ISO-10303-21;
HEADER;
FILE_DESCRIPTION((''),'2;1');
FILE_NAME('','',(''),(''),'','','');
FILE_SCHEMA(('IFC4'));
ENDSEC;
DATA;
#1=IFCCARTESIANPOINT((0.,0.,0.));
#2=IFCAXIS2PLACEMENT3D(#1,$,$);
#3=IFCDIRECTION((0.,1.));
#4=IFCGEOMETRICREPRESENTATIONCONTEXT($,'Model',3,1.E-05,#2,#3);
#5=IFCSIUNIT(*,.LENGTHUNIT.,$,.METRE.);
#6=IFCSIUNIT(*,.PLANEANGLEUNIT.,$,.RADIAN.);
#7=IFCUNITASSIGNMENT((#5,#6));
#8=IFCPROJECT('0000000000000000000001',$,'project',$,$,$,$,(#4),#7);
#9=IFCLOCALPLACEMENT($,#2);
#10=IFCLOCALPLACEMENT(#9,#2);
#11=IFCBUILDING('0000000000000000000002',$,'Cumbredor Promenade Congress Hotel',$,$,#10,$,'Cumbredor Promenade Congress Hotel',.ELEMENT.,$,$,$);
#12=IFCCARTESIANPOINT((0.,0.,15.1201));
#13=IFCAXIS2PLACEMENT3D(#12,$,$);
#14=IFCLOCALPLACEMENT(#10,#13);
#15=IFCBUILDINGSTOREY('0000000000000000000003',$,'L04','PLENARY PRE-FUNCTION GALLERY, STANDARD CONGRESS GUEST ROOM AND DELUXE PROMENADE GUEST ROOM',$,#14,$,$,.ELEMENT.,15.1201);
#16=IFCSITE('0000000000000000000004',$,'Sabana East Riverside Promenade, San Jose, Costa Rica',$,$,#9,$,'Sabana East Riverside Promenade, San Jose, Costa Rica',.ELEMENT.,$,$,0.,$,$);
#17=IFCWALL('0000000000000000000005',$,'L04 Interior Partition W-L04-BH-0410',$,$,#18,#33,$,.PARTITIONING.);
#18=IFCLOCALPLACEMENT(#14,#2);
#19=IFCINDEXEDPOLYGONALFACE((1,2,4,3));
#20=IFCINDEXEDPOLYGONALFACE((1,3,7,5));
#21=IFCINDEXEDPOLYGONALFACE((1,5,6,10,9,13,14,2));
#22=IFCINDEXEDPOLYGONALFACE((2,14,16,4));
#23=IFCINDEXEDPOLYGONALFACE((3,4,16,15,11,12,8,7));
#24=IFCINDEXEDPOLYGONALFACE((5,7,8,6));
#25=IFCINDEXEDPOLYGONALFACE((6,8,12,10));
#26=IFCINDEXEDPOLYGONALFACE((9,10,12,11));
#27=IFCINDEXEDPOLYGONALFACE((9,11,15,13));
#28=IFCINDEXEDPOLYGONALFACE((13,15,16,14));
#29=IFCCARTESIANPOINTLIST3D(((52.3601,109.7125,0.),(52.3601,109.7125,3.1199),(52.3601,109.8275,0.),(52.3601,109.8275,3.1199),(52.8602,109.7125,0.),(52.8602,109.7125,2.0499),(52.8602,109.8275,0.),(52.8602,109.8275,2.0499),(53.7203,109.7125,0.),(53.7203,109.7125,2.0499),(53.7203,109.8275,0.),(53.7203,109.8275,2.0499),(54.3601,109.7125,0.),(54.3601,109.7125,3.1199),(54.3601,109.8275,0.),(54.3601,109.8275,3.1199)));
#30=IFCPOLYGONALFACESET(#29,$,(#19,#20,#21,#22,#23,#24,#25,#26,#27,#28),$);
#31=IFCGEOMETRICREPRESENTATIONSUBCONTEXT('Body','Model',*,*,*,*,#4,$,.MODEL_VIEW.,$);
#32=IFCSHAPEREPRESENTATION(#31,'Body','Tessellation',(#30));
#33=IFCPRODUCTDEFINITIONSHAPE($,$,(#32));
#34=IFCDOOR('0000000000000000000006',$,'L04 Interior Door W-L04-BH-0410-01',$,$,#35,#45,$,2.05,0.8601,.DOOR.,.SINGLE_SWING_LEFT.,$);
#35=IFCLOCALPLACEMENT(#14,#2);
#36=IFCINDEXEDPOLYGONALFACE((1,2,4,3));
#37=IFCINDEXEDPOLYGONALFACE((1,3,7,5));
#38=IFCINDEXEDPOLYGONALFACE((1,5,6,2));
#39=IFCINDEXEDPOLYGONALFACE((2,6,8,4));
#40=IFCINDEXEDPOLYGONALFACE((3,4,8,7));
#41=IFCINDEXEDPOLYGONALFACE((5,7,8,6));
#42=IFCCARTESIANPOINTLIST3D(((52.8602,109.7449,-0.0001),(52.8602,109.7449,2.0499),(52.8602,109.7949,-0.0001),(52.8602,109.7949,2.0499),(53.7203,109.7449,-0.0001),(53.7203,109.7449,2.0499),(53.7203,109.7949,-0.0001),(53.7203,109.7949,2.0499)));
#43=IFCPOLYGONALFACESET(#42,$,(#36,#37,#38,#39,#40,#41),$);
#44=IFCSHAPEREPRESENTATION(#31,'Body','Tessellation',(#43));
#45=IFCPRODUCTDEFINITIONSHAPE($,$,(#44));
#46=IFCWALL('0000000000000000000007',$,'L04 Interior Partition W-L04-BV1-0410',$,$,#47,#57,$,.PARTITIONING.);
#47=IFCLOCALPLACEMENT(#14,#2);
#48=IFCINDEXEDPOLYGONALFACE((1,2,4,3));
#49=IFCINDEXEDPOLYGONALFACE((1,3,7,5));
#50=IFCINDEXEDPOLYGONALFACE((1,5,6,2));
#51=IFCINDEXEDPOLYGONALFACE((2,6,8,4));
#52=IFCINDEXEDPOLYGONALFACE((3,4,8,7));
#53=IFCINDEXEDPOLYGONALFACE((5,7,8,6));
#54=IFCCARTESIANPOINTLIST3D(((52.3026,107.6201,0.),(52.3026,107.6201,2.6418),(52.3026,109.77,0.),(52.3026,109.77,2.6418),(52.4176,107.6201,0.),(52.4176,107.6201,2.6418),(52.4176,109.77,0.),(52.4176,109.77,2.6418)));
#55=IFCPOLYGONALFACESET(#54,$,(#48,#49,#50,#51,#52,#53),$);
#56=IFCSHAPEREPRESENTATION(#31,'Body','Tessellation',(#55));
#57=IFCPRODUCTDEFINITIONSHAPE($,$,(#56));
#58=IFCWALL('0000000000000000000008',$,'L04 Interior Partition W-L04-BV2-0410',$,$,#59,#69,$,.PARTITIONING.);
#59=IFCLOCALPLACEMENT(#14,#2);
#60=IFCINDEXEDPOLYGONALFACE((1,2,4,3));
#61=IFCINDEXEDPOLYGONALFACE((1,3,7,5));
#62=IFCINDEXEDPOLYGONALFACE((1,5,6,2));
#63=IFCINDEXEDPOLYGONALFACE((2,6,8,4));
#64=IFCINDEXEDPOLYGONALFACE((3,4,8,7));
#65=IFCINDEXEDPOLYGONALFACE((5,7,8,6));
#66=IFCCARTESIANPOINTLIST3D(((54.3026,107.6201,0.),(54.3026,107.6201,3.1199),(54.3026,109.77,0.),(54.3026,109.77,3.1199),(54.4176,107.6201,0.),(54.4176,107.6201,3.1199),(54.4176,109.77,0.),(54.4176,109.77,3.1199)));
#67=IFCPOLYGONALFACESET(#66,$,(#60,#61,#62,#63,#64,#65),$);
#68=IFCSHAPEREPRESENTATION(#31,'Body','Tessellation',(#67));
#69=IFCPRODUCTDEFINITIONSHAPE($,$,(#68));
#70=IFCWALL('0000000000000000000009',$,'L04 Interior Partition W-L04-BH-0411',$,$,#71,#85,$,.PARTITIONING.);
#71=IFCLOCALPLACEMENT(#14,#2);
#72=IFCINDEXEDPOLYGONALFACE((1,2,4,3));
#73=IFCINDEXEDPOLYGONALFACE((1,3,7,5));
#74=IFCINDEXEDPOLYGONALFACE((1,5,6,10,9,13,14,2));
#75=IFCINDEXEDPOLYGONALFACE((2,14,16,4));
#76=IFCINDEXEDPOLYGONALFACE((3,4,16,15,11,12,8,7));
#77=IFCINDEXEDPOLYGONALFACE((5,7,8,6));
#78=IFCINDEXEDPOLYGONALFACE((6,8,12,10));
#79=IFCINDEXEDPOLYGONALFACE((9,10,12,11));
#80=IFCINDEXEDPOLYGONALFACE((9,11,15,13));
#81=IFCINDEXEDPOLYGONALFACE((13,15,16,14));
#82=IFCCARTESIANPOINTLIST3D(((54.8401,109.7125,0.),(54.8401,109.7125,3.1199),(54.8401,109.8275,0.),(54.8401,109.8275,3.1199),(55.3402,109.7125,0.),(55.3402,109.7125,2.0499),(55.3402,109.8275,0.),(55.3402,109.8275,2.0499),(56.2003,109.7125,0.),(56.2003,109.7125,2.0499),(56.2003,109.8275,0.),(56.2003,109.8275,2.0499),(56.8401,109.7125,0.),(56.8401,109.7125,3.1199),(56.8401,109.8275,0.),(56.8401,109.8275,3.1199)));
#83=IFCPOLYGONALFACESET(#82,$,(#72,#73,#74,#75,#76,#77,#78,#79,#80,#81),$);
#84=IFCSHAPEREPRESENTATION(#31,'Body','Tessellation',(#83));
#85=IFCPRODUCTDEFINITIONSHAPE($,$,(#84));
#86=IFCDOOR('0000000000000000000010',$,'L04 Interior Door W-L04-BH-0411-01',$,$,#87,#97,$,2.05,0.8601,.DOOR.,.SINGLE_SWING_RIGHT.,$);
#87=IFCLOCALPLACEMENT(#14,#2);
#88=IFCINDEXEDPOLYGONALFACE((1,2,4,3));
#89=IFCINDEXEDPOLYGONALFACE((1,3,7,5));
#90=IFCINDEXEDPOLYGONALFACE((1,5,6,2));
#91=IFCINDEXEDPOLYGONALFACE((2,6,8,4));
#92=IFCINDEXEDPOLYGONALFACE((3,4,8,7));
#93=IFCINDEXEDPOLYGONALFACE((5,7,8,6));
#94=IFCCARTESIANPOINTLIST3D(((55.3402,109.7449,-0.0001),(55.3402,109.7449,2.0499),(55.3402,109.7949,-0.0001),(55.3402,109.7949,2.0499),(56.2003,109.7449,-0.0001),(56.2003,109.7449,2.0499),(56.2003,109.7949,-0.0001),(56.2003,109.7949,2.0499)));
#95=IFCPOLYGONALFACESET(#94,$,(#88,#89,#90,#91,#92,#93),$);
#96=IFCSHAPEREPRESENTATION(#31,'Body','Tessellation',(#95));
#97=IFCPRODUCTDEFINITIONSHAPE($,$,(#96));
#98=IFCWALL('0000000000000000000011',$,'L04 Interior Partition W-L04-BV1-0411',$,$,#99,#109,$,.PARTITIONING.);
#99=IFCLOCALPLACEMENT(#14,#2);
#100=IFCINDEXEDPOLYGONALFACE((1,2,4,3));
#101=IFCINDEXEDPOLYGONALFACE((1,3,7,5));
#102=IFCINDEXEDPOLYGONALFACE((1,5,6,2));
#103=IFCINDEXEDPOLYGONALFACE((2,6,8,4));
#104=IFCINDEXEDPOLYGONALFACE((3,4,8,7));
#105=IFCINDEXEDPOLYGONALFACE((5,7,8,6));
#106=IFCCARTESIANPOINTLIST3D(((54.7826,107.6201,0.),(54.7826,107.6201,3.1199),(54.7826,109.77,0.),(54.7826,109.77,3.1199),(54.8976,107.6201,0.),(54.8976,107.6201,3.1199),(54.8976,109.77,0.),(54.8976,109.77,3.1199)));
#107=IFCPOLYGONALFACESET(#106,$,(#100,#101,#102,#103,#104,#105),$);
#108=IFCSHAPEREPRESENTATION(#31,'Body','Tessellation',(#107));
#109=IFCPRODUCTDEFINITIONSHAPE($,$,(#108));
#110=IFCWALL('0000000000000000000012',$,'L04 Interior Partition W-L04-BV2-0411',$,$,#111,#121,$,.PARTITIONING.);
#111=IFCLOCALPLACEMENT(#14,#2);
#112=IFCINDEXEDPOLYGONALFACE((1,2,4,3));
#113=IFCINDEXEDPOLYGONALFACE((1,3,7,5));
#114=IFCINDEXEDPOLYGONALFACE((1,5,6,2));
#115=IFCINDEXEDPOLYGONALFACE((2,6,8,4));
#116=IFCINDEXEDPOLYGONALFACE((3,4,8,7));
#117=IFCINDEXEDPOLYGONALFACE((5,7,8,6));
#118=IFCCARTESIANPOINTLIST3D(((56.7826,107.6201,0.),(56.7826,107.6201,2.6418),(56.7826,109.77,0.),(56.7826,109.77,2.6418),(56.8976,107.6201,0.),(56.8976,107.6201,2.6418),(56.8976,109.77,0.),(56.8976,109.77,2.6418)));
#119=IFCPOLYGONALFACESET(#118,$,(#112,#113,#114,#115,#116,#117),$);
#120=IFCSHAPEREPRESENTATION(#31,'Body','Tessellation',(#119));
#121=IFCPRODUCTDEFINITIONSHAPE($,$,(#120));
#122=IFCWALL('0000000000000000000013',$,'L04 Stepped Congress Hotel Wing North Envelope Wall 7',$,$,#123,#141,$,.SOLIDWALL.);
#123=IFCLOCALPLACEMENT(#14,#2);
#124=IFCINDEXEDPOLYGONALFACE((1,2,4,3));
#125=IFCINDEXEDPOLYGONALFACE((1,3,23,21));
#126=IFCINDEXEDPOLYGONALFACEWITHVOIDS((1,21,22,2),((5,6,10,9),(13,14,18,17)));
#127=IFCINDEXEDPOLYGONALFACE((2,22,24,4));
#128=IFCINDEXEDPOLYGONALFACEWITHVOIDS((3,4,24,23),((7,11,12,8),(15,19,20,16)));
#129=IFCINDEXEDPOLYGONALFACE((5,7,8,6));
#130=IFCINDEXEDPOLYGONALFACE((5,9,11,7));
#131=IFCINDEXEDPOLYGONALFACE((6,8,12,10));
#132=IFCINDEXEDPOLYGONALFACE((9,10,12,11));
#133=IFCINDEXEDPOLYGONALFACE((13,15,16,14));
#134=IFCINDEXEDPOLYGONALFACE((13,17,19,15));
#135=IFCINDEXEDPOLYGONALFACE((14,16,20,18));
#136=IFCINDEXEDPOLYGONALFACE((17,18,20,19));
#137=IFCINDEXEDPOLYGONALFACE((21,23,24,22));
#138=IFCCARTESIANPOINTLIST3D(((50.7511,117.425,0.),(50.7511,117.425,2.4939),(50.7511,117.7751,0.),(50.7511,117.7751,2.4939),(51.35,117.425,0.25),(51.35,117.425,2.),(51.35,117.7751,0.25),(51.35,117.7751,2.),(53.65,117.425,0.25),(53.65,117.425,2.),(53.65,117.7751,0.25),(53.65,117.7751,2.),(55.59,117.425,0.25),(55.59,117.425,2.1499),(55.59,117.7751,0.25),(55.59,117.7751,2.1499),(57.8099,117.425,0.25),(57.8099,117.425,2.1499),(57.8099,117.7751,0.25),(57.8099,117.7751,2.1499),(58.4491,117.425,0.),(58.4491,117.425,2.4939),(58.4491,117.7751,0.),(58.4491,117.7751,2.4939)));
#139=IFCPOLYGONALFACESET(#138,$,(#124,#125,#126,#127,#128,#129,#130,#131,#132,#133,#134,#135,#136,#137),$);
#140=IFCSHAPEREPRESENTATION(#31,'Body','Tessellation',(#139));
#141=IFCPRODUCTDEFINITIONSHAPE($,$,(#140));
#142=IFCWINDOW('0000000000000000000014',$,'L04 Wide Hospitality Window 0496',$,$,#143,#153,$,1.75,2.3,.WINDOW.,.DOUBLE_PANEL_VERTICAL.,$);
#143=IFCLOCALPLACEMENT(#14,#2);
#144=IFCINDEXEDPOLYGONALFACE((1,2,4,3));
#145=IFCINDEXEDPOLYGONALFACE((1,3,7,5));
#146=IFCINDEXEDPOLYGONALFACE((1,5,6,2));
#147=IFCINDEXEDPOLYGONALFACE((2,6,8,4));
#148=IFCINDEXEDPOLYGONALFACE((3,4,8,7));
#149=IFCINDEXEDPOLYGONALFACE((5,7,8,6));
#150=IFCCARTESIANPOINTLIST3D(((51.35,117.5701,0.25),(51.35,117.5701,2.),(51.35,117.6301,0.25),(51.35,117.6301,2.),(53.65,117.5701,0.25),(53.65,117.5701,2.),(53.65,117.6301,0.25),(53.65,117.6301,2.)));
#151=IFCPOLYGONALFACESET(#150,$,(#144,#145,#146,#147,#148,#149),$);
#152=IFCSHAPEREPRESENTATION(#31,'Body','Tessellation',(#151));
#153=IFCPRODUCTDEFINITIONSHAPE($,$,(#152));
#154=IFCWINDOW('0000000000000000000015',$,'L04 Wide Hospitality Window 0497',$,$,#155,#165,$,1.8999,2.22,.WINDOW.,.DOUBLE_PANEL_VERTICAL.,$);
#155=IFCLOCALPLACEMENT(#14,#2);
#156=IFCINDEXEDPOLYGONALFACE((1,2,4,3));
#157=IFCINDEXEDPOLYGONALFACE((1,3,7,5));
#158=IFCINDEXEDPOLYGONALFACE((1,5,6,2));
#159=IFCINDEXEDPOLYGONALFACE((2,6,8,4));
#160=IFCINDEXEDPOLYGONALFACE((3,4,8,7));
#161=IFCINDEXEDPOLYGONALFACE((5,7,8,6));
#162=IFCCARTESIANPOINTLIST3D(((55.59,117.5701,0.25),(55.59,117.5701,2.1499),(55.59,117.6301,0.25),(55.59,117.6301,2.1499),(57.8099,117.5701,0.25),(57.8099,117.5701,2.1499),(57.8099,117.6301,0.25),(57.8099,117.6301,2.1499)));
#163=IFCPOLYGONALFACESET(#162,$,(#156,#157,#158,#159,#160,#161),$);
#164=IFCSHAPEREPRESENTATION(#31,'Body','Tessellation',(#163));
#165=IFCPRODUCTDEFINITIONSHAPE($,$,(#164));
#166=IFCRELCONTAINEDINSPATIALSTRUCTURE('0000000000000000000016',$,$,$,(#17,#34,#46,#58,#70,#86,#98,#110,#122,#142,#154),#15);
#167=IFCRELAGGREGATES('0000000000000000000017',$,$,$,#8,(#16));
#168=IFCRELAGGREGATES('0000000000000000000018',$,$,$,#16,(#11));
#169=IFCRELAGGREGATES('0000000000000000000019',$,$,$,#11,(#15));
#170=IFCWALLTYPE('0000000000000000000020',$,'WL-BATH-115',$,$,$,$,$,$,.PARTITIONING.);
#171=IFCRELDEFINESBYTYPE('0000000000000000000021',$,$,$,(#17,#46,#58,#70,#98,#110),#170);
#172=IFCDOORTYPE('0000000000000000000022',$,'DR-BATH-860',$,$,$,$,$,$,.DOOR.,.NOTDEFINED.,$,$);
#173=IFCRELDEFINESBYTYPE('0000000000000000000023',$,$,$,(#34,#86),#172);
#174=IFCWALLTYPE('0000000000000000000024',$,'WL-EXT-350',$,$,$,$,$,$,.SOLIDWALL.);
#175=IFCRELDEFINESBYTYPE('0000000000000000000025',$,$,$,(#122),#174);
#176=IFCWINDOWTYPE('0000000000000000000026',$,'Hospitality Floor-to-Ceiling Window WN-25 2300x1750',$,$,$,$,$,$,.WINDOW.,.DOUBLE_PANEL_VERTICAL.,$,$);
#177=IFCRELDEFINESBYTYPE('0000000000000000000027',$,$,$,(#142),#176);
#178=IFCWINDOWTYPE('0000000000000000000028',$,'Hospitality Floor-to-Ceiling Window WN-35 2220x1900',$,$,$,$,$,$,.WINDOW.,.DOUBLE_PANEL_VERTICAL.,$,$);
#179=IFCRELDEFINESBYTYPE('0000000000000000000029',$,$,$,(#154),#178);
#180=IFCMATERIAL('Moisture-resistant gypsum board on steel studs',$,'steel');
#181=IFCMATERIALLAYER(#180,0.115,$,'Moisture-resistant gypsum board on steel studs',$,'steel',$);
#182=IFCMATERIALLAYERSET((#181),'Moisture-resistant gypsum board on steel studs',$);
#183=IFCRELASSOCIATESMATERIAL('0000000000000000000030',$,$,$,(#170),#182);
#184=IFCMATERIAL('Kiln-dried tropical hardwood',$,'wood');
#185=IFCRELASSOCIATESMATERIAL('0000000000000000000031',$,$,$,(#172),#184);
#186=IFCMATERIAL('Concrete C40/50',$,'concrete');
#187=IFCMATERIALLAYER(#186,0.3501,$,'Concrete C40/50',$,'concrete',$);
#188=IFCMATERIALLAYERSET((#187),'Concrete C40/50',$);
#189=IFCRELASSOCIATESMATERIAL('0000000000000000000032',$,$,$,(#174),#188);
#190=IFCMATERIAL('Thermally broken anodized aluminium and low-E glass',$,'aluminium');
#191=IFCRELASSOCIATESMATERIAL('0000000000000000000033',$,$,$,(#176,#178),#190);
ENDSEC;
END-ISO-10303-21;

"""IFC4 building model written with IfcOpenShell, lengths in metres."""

from ifc_helpers import new_model, si_unit, direction, frame, frame_2d, origin, place, context, subcontext, project, spatial, rectangle, extrude, material, layer, layer_set, type_object, element, fill, save


model = new_model("IFC4")

# Units and contexts
model_context = context("Model", 3, precision=1e-05, world=origin(), true_north=direction((0.0, 1.0)))
body_context = subcontext(model_context, "Body", "Model", "MODEL_VIEW")
ifc_project = project(units=[si_unit("LENGTHUNIT", "METRE"), si_unit("PLANEANGLEUNIT", "RADIAN")], contexts=[model_context])

# Site, building, storey
site_placement = place(None, origin())
site = spatial("IfcSite", under=ifc_project, at=site_placement, Name="Sabana East Riverside Promenade, San Jose, Costa Rica", LongName="Sabana East Riverside Promenade, San Jose, Costa Rica", CompositionType="ELEMENT", RefElevation=0.0)
building_placement = place(site_placement, origin())
building = spatial("IfcBuilding", under=site, at=building_placement, Name="Cumbredor Promenade Congress Hotel", LongName="Cumbredor Promenade Congress Hotel", CompositionType="ELEMENT")
storey_placement = place(building_placement, frame((0.0, 0.0, 15.1201)))
storey = spatial("IfcBuildingStorey", under=building, at=storey_placement, Name="L04", Description="PLENARY PRE-FUNCTION GALLERY, STANDARD CONGRESS GUEST ROOM AND DELUXE PROMENADE GUEST ROOM", CompositionType="ELEMENT", Elevation=15.1201)

# Shared definitions
ifc_material_1 = material(Name="Thermally broken anodized aluminium and low-E glass", Category="aluminium")

# Shared definitions
ifc_material_2 = material(Name="Kiln-dried tropical hardwood", Category="wood")

# Wall, opening, door
ifc_material_3 = material(Name="Moisture-resistant gypsum board on steel studs", Category="steel")
ifc_layer_1 = layer(ifc_material_3, 0.115, Name="Moisture-resistant gypsum board on steel studs", Category="steel")
ifc_layer_set_1 = layer_set([ifc_layer_1], Name="Moisture-resistant gypsum board on steel studs")
wall_type_1 = type_object("IfcWallType", Name="WL-BATH-115", PredefinedType="PARTITIONING", material=ifc_layer_set_1)
wall_1_placement = place(storey_placement, frame((52.3601, 109.77, 0.0), z_axis=(0.0, 0.0, 1.0), x_axis=(1.0, 0.0, 0.0)))
wall_1 = element("IfcWall", 1, at=wall_1_placement, inside=storey, type_object=wall_type_1, Name="L04 Interior Partition W-L04-BH-0410", PredefinedType="PARTITIONING", context=body_context, shape_type="SweptSolid", body=[
    extrude(rectangle(XDim=2.0, YDim=0.115, at=frame_2d((1.0, 0.0))), origin(), (0.0, 0.0, 1.0), 3.1199),
])
opening_1_placement = place(wall_1_placement, frame((0.5, 0.0, 0.0)))
opening_1 = element("IfcOpeningElement", 2, at=opening_1_placement, cuts=wall_1, PredefinedType="OPENING", context=body_context, shape_type="SweptSolid", body=[
    extrude(rectangle(XDim=0.8601, YDim=2.05, at=frame_2d((0.4302, 1.0249))), frame((0.0, 0.0674, 0.0), z_axis=(0.0, -1.0, 0.0), x_axis=(1.0, 0.0, 0.0)), (0.0, 0.0, 1.0), 0.135),
])
door_type = type_object("IfcDoorType", Name="DR-BATH-860", OperationType="NOTDEFINED", PredefinedType="DOOR", material=ifc_material_2)
door_1_placement = place(opening_1_placement, origin())
door_1 = element("IfcDoor", 3, at=door_1_placement, inside=storey, type_object=door_type, Name="L04 Interior Door W-L04-BH-0410-01", OperationType="SINGLE_SWING_LEFT", OverallHeight=2.05, OverallWidth=0.8601, PredefinedType="DOOR", context=body_context, shape_type="SweptSolid", body=[
    extrude(rectangle(XDim=0.8601, YDim=2.05, at=frame_2d((0.4302, 1.0249))), frame((0.0, 0.0249, 0.0), z_axis=(0.0, -1.0, 0.0), x_axis=(1.0, 0.0, 0.0)), (0.0, 0.0, 1.0), 0.05),
])
fill(opening_1, door_1)

# Walls
wall_2_placement = place(storey_placement, frame((52.3601, 107.6201, 0.0), z_axis=(0.0, 0.0, 1.0), x_axis=(0.0, 1.0, 0.0)))
element("IfcWall", 4, at=wall_2_placement, inside=storey, type_object=wall_type_1, Name="L04 Interior Partition W-L04-BV1-0410", PredefinedType="PARTITIONING", context=body_context, shape_type="SweptSolid", body=[
    extrude(rectangle(XDim=2.1499, YDim=0.115, at=frame_2d((1.075, 0.0))), origin(), (0.0, 0.0, 1.0), 2.6418),
])
wall_3_placement = place(storey_placement, frame((54.3601, 107.6201, 0.0), z_axis=(0.0, 0.0, 1.0), x_axis=(0.0, 1.0, 0.0)))
element("IfcWall", 5, at=wall_3_placement, inside=storey, type_object=wall_type_1, Name="L04 Interior Partition W-L04-BV2-0410", PredefinedType="PARTITIONING", context=body_context, shape_type="SweptSolid", body=[
    extrude(rectangle(XDim=2.1499, YDim=0.115, at=frame_2d((1.075, 0.0))), origin(), (0.0, 0.0, 1.0), 3.1199),
])

# Wall, opening, door
wall_4_placement = place(storey_placement, frame((54.8401, 109.77, 0.0), z_axis=(0.0, 0.0, 1.0), x_axis=(1.0, 0.0, 0.0)))
wall_4 = element("IfcWall", 6, at=wall_4_placement, inside=storey, type_object=wall_type_1, Name="L04 Interior Partition W-L04-BH-0411", PredefinedType="PARTITIONING", context=body_context, shape_type="SweptSolid", body=[
    extrude(rectangle(XDim=2.0, YDim=0.115, at=frame_2d((1.0, 0.0))), origin(), (0.0, 0.0, 1.0), 3.1199),
])
opening_2_placement = place(wall_4_placement, frame((0.5, 0.0, 0.0)))
opening_2 = element("IfcOpeningElement", 7, at=opening_2_placement, cuts=wall_4, PredefinedType="OPENING", context=body_context, shape_type="SweptSolid", body=[
    extrude(rectangle(XDim=0.8601, YDim=2.05, at=frame_2d((0.4302, 1.0249))), frame((0.0, 0.0674, 0.0), z_axis=(0.0, -1.0, 0.0), x_axis=(1.0, 0.0, 0.0)), (0.0, 0.0, 1.0), 0.135),
])
door_2_placement = place(opening_2_placement, origin())
door_2 = element("IfcDoor", 8, at=door_2_placement, inside=storey, type_object=door_type, Name="L04 Interior Door W-L04-BH-0411-01", OperationType="SINGLE_SWING_RIGHT", OverallHeight=2.05, OverallWidth=0.8601, PredefinedType="DOOR", context=body_context, shape_type="SweptSolid", body=[
    extrude(rectangle(XDim=0.8601, YDim=2.05, at=frame_2d((0.4302, 1.0249))), frame((0.0, 0.0249, 0.0), z_axis=(0.0, -1.0, 0.0), x_axis=(1.0, 0.0, 0.0)), (0.0, 0.0, 1.0), 0.05),
])
fill(opening_2, door_2)

# Walls
wall_5_placement = place(storey_placement, frame((54.8401, 107.6201, 0.0), z_axis=(0.0, 0.0, 1.0), x_axis=(0.0, 1.0, 0.0)))
element("IfcWall", 9, at=wall_5_placement, inside=storey, type_object=wall_type_1, Name="L04 Interior Partition W-L04-BV1-0411", PredefinedType="PARTITIONING", context=body_context, shape_type="SweptSolid", body=[
    extrude(rectangle(XDim=2.1499, YDim=0.115, at=frame_2d((1.075, 0.0))), origin(), (0.0, 0.0, 1.0), 3.1199),
])
wall_6_placement = place(storey_placement, frame((56.8401, 107.6201, 0.0), z_axis=(0.0, 0.0, 1.0), x_axis=(0.0, 1.0, 0.0)))
element("IfcWall", 10, at=wall_6_placement, inside=storey, type_object=wall_type_1, Name="L04 Interior Partition W-L04-BV2-0411", PredefinedType="PARTITIONING", context=body_context, shape_type="SweptSolid", body=[
    extrude(rectangle(XDim=2.1499, YDim=0.115, at=frame_2d((1.075, 0.0))), origin(), (0.0, 0.0, 1.0), 2.6418),
])

# Wall, openings, windows
ifc_material_4 = material(Name="Concrete C40/50", Category="concrete")
ifc_layer_2 = layer(ifc_material_4, 0.3501, Name="Concrete C40/50", Category="concrete")
ifc_layer_set_2 = layer_set([ifc_layer_2], Name="Concrete C40/50")
wall_type_2 = type_object("IfcWallType", Name="WL-EXT-350", PredefinedType="SOLIDWALL", material=ifc_layer_set_2)
wall_7_placement = place(storey_placement, frame((50.751, 117.6001, 0.0), z_axis=(0.0, 0.0, 1.0), x_axis=(1.0, 0.0, 0.0)))
wall_7 = element("IfcWall", 11, at=wall_7_placement, inside=storey, type_object=wall_type_2, Name="L04 Stepped Congress Hotel Wing North Envelope Wall 7", PredefinedType="SOLIDWALL", context=body_context, shape_type="SweptSolid", body=[
    extrude(rectangle(XDim=7.698, YDim=0.3501, at=frame_2d((3.8491, 0.0))), origin(), (0.0, 0.0, 1.0), 2.4939),
])
opening_3_placement = place(wall_7_placement, frame((0.5991, 0.0, 0.25)))
opening_3 = element("IfcOpeningElement", 12, at=opening_3_placement, cuts=wall_7, PredefinedType="OPENING", context=body_context, shape_type="SweptSolid", body=[
    extrude(rectangle(XDim=2.3, YDim=1.75, at=frame_2d((1.1499, 0.875))), frame((0.0, 0.1851, 0.0), z_axis=(0.0, -1.0, 0.0), x_axis=(1.0, 0.0, 0.0)), (0.0, 0.0, 1.0), 0.3701),
])
opening_4_placement = place(wall_7_placement, frame((4.8391, 0.0, 0.25)))
opening_4 = element("IfcOpeningElement", 13, at=opening_4_placement, cuts=wall_7, PredefinedType="OPENING", context=body_context, shape_type="SweptSolid", body=[
    extrude(rectangle(XDim=2.22, YDim=1.8999, at=frame_2d((1.1099, 0.95))), frame((0.0, 0.1851, 0.0), z_axis=(0.0, -1.0, 0.0), x_axis=(1.0, 0.0, 0.0)), (0.0, 0.0, 1.0), 0.3701),
])
window_type_1 = type_object("IfcWindowType", Name="Hospitality Floor-to-Ceiling Window WN-25 2300x1750", PartitioningType="DOUBLE_PANEL_VERTICAL", PredefinedType="WINDOW", material=ifc_material_1)
window_1_placement = place(opening_3_placement, origin())
window_1 = element("IfcWindow", 14, at=window_1_placement, inside=storey, type_object=window_type_1, Name="L04 Wide Hospitality Window 0496", OverallHeight=1.75, OverallWidth=2.3, PartitioningType="DOUBLE_PANEL_VERTICAL", PredefinedType="WINDOW", context=body_context, shape_type="SweptSolid", body=[
    extrude(rectangle(XDim=2.3, YDim=1.75, at=frame_2d((1.1499, 0.875))), frame((0.0, 0.03, 0.0), z_axis=(0.0, -1.0, 0.0), x_axis=(1.0, 0.0, 0.0)), (0.0, 0.0, 1.0), 0.0601),
])
fill(opening_3, window_1)
window_type_2 = type_object("IfcWindowType", Name="Hospitality Floor-to-Ceiling Window WN-35 2220x1900", PartitioningType="DOUBLE_PANEL_VERTICAL", PredefinedType="WINDOW", material=ifc_material_1)
window_2_placement = place(opening_4_placement, origin())
window_2 = element("IfcWindow", 15, at=window_2_placement, inside=storey, type_object=window_type_2, Name="L04 Wide Hospitality Window 0497", OverallHeight=1.8999, OverallWidth=2.22, PartitioningType="DOUBLE_PANEL_VERTICAL", PredefinedType="WINDOW", context=body_context, shape_type="SweptSolid", body=[
    extrude(rectangle(XDim=2.22, YDim=1.8999, at=frame_2d((1.1099, 0.95))), frame((0.0, 0.03, 0.0), z_axis=(0.0, -1.0, 0.0), x_axis=(1.0, 0.0, 0.0)), (0.0, 0.0, 1.0), 0.0601),
])
fill(opening_4, window_2)

save(model, "model.ifc")
